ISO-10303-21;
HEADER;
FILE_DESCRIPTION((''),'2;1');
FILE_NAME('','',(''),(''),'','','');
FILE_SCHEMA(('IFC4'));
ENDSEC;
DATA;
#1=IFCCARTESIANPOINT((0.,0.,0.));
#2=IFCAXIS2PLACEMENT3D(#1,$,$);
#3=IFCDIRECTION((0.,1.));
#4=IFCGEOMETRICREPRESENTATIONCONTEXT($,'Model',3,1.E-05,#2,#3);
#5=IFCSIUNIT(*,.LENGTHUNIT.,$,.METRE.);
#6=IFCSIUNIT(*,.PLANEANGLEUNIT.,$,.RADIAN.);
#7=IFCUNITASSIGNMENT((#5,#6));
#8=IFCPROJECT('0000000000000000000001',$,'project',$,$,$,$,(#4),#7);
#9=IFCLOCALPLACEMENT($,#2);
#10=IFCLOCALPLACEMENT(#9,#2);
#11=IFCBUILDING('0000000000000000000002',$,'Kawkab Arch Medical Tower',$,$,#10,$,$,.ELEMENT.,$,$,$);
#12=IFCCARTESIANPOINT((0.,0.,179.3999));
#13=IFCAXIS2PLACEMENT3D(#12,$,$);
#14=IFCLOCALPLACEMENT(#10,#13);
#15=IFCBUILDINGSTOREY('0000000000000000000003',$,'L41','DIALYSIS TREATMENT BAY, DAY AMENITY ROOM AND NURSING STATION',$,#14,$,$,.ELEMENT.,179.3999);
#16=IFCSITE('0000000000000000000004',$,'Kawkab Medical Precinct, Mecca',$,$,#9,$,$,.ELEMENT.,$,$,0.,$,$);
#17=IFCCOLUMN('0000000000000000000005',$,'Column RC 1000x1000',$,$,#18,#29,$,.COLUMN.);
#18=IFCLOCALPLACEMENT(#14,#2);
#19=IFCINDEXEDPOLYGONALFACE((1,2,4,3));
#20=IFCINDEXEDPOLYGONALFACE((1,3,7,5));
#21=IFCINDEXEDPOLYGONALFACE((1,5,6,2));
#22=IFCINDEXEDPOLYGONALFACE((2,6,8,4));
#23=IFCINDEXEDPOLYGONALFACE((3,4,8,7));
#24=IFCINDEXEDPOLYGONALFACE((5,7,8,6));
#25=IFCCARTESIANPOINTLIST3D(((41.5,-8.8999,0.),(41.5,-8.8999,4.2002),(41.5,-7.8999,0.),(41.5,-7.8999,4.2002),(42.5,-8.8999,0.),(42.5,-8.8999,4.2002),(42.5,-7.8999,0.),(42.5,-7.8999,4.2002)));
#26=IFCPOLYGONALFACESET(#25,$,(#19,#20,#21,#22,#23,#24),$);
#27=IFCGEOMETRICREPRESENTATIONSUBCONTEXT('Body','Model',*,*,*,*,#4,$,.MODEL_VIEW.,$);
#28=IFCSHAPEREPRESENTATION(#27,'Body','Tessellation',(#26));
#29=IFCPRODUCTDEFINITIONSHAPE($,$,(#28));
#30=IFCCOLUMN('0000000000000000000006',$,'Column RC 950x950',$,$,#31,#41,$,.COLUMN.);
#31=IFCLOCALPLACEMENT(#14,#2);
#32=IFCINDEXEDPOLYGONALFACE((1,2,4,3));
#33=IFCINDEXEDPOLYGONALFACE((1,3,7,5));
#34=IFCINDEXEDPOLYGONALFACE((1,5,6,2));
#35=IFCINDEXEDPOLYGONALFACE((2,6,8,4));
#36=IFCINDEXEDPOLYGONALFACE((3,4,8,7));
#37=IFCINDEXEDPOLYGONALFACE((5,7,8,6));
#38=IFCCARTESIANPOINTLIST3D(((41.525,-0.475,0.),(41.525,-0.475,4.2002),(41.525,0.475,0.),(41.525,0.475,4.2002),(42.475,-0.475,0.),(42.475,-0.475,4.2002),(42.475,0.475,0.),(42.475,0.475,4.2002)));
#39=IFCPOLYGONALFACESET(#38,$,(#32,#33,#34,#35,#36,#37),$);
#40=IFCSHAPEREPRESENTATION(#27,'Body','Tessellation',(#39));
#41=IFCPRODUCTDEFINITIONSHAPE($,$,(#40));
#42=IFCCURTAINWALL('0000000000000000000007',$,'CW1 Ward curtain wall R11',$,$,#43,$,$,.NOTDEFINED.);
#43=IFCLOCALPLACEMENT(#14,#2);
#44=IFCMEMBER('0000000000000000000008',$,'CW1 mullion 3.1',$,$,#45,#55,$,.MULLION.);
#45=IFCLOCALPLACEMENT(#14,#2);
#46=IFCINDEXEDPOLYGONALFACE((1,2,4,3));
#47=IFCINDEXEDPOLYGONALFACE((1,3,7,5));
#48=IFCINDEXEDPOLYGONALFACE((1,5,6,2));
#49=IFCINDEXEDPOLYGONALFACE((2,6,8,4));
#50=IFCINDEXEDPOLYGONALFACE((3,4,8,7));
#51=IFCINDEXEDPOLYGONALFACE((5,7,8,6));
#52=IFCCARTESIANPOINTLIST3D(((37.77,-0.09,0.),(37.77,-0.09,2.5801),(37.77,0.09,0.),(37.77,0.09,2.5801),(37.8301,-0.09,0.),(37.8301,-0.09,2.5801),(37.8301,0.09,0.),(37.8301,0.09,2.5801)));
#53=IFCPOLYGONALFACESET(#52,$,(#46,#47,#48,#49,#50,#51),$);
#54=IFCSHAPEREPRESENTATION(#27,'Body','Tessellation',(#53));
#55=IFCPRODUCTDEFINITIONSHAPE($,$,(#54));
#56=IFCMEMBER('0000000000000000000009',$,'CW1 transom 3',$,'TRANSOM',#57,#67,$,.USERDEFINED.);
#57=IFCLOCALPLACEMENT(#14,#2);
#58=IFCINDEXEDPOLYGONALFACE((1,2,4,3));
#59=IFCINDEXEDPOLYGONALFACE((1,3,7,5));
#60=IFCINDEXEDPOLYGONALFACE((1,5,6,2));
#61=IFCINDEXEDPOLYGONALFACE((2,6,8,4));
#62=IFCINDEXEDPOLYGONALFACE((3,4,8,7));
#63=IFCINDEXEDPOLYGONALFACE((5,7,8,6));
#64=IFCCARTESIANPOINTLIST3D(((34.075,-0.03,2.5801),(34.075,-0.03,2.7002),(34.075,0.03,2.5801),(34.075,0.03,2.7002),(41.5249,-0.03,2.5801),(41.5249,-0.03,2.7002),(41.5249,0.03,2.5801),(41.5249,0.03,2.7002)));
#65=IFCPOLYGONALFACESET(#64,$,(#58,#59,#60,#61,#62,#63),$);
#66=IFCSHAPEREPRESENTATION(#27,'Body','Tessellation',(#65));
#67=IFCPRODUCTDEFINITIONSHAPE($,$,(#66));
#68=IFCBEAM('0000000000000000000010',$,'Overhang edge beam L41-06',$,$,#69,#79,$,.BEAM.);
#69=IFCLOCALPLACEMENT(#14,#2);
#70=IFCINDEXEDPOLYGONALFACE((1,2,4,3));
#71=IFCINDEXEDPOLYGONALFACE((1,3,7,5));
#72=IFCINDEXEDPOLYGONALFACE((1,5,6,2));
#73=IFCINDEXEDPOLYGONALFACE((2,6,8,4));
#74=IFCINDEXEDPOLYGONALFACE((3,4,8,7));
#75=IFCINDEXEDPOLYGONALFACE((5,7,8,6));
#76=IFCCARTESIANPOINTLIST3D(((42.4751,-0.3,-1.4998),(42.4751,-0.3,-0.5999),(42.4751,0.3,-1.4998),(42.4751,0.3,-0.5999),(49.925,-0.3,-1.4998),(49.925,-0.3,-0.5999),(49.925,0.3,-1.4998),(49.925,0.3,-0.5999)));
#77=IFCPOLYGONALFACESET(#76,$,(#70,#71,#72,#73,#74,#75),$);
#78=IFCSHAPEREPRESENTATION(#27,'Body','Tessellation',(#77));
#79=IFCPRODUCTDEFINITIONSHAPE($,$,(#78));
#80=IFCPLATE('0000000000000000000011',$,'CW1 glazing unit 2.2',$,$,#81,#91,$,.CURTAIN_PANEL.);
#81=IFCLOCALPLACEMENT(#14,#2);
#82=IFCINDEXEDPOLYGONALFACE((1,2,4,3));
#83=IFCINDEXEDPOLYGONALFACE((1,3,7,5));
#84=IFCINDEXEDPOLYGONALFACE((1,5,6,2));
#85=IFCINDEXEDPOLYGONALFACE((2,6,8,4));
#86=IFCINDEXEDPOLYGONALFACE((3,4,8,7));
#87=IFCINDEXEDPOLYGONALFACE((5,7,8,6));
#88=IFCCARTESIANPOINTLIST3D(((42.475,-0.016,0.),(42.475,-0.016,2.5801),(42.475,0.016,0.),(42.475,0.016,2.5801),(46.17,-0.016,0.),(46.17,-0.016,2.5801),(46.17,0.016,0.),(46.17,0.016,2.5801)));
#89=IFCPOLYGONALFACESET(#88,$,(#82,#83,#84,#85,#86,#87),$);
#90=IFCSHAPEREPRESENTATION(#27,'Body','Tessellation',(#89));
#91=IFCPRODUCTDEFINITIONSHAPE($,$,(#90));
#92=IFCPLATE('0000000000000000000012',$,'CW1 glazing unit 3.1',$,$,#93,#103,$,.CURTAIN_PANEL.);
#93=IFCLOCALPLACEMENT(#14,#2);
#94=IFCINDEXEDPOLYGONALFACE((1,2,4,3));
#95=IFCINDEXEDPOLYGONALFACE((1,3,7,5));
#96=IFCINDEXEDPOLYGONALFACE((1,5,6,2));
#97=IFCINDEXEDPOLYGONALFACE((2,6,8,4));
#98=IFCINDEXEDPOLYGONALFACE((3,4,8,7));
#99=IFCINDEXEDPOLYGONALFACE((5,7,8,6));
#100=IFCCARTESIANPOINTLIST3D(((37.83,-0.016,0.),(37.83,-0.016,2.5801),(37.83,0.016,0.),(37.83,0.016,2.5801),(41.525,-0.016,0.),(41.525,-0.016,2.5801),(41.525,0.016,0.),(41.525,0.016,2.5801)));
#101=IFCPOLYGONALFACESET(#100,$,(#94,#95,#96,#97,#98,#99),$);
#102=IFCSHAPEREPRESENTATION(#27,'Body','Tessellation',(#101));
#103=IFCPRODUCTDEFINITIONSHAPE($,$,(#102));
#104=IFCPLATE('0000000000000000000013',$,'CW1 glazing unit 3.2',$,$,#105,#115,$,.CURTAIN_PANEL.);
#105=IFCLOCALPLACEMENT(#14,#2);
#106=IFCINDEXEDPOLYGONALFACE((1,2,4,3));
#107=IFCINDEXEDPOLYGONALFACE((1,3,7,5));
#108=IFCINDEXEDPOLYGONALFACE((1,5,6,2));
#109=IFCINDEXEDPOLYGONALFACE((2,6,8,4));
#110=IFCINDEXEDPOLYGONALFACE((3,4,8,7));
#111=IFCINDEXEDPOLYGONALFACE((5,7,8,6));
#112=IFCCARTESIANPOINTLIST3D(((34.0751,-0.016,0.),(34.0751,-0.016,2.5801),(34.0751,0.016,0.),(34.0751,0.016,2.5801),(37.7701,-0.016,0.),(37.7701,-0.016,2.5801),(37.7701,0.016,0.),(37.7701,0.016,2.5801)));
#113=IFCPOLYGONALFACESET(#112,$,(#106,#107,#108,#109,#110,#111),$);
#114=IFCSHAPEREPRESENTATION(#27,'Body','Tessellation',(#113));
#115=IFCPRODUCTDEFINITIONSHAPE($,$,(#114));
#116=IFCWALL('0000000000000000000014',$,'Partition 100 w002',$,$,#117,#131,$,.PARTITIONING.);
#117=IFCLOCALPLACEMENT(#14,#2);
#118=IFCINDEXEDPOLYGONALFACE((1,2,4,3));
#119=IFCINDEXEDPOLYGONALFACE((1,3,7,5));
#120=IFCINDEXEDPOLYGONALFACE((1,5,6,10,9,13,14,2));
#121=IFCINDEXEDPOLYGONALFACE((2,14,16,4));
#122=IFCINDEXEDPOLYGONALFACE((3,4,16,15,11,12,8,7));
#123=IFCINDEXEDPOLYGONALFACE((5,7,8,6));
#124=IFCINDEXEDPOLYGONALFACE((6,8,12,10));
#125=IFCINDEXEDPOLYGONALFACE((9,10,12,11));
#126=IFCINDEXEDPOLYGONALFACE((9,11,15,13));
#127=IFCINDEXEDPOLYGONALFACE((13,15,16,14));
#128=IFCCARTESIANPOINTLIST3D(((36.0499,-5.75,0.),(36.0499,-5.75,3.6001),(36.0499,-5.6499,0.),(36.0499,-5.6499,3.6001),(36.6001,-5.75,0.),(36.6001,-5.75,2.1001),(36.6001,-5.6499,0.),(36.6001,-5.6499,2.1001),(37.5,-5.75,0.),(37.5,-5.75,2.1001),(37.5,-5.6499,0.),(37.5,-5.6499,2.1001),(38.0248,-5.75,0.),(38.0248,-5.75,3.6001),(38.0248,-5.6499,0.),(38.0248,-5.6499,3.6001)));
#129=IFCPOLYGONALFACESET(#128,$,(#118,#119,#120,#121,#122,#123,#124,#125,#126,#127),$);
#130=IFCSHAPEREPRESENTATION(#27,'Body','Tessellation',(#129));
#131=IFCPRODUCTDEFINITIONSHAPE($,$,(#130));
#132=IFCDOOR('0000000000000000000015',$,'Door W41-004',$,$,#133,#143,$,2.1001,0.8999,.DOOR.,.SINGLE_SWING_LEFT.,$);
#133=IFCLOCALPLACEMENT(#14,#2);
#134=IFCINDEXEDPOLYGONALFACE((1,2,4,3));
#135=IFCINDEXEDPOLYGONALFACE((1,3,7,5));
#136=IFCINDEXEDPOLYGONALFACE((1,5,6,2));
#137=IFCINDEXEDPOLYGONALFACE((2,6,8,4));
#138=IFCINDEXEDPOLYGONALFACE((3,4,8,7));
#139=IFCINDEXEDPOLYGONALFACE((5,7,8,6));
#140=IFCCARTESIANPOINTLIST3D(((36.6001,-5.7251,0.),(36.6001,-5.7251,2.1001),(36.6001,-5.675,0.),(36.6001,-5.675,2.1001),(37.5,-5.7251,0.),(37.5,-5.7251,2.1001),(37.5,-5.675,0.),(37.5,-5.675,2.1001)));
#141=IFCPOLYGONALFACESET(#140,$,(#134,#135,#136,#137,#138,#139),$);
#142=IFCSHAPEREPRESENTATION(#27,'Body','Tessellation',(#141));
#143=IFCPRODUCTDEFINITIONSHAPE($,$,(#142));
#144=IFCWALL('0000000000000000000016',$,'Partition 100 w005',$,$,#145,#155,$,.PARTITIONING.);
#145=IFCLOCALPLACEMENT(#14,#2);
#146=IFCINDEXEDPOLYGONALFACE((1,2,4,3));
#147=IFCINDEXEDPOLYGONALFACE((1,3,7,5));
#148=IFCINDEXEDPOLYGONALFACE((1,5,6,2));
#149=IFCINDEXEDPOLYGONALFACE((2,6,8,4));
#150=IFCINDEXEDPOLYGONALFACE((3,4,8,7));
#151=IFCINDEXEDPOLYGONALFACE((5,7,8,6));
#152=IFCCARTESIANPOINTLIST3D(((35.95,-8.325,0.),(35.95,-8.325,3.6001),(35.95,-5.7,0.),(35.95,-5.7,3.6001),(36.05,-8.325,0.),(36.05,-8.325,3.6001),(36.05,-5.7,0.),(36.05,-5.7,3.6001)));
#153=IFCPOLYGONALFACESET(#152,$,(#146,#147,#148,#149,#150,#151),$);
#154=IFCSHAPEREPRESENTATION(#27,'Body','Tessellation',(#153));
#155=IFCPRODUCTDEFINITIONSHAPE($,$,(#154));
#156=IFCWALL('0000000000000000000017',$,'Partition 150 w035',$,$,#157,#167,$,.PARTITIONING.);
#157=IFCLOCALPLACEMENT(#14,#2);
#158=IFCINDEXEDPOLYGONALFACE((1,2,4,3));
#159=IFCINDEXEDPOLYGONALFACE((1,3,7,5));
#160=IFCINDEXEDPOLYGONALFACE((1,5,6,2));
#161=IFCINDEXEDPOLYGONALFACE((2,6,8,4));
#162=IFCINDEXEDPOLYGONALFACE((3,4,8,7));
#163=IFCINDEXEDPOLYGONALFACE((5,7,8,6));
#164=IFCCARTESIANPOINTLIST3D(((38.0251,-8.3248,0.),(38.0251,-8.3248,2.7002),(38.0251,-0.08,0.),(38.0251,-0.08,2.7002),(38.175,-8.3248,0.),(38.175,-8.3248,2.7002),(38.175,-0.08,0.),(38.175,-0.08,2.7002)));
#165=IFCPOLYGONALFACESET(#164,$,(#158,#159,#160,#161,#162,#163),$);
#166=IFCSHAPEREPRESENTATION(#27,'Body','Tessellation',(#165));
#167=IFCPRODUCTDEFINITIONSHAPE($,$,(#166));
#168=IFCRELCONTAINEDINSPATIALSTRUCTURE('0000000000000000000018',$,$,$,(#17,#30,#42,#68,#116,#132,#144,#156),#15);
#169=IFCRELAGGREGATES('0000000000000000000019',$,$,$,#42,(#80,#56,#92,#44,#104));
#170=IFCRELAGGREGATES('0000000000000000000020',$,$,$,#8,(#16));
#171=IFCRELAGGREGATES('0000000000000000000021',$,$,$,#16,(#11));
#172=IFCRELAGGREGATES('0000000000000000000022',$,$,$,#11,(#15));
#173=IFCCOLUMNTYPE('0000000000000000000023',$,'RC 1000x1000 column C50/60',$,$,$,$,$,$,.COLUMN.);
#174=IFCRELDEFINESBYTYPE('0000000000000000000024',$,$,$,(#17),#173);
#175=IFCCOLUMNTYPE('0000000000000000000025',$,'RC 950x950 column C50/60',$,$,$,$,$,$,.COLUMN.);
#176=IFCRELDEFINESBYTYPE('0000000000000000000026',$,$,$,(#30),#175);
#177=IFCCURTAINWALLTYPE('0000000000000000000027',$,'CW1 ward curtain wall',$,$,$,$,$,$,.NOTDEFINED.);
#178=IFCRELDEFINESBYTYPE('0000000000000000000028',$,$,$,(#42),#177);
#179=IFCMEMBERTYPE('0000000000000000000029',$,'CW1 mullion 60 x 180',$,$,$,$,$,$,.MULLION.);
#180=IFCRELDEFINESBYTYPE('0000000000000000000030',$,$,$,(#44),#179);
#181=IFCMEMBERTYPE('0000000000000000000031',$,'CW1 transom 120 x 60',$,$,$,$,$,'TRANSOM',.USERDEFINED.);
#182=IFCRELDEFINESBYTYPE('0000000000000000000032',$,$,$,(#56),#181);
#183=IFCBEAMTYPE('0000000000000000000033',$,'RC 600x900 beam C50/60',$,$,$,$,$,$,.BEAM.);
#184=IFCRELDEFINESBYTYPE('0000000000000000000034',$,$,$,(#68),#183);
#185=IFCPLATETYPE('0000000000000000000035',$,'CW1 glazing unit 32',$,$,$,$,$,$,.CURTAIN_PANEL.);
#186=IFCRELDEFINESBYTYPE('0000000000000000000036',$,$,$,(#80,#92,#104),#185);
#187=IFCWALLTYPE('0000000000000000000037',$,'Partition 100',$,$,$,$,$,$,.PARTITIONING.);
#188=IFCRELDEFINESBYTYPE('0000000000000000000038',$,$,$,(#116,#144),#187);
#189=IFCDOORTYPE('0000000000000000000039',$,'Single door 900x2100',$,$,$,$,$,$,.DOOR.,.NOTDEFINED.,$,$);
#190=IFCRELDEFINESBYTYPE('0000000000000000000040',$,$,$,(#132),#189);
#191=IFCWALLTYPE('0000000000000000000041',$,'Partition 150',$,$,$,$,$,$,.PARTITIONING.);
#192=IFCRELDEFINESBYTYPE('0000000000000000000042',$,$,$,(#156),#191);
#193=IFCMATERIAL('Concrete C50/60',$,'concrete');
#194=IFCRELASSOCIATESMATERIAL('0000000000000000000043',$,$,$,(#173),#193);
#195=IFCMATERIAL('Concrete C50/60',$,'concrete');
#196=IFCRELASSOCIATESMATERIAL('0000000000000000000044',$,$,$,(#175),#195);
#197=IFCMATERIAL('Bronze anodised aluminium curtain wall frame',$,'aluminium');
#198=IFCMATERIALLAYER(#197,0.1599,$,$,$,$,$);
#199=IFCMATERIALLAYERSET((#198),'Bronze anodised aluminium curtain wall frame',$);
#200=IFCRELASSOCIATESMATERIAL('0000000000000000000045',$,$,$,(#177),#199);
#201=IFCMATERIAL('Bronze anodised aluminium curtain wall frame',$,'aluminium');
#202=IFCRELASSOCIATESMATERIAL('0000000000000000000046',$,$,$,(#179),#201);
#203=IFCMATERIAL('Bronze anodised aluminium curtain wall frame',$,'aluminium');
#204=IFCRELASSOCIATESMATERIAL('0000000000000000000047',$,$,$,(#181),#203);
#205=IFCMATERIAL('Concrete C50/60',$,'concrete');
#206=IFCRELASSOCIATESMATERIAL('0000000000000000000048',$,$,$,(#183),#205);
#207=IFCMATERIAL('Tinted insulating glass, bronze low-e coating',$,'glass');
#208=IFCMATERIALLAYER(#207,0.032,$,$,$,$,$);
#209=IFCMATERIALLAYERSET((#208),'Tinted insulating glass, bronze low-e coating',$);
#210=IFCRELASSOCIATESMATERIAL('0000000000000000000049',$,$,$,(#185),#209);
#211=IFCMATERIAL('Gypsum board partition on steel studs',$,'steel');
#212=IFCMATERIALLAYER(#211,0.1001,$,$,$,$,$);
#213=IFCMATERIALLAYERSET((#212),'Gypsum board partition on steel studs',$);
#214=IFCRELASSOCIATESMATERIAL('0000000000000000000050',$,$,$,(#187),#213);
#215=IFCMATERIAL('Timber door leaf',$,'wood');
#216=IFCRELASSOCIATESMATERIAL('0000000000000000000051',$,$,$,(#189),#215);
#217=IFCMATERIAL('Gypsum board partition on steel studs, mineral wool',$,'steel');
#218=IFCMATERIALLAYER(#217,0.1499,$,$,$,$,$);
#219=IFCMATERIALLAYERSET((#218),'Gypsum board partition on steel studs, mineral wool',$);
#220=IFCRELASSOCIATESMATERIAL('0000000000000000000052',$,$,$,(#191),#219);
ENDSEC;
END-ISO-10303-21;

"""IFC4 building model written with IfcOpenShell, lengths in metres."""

from ifc_helpers import new_model, si_unit, direction, frame, frame_2d, origin, origin_2d, place, context, subcontext, project, spatial, rectangle, extrude, material, layer, layer_set, material_profile, profile_set, type_object, element, fill, aggregate, save


model = new_model("IFC4")

# Units and contexts
model_context = context("Model", 3, precision=1e-05, world=origin(), true_north=direction((0.0, 1.0)))
body_context = subcontext(model_context, "Body", "Model", "MODEL_VIEW")
ifc_project = project(units=[si_unit("LENGTHUNIT", "METRE"), si_unit("PLANEANGLEUNIT", "RADIAN")], contexts=[model_context])

# Site, building, storey
site_placement = place(None, origin())
site = spatial("IfcSite", under=ifc_project, at=site_placement, Name="Kawkab Medical Precinct, Mecca", CompositionType="ELEMENT", RefElevation=0.0)
building_placement = place(site_placement, origin())
building = spatial("IfcBuilding", under=site, at=building_placement, Name="Kawkab Arch Medical Tower", CompositionType="ELEMENT")
storey_placement = place(building_placement, frame((0.0, 0.0, 179.3999)))
storey = spatial("IfcBuildingStorey", under=building, at=storey_placement, Name="L41", Description="DIALYSIS TREATMENT BAY, DAY AMENITY ROOM AND NURSING STATION", CompositionType="ELEMENT", Elevation=179.3999)

# Columns
ifc_material_1 = material(Name="Concrete C50/60", Category="concrete")
ifc_material_profile_1 = material_profile(ifc_material_1, rectangle(XDim=1.0, YDim=1.0, at=origin_2d()), Name="RC 1000x1000")
ifc_profile_set_1 = profile_set([ifc_material_profile_1], Name="Concrete C50/60")
column_type_1 = type_object("IfcColumnType", Name="RC 1000x1000 column C50/60", PredefinedType="COLUMN", material=ifc_profile_set_1)
column_1_placement = place(storey_placement, frame((42.0, -8.3999, 0.0), z_axis=(0.0, 0.0, 1.0), x_axis=(1.0, 0.0, 0.0)))
element("IfcColumn", 1, at=column_1_placement, inside=storey, type_object=column_type_1, Name="Column RC 1000x1000", PredefinedType="COLUMN", context=body_context, shape_type="SweptSolid", body=[
    extrude(rectangle(XDim=1.0, YDim=1.0, at=origin_2d()), origin(), (0.0, 0.0, 1.0), 4.2002),
])
ifc_material_2 = material(Name="Concrete C50/60", Category="concrete")
ifc_material_profile_2 = material_profile(ifc_material_2, rectangle(XDim=0.95, YDim=0.95, at=origin_2d()), Name="RC 950x950")
ifc_profile_set_2 = profile_set([ifc_material_profile_2], Name="Concrete C50/60")
column_type_2 = type_object("IfcColumnType", Name="RC 950x950 column C50/60", PredefinedType="COLUMN", material=ifc_profile_set_2)
column_2_placement = place(storey_placement, frame((42.0, 0.0, 0.0), z_axis=(0.0, 0.0, 1.0), x_axis=(1.0, 0.0, 0.0)))
element("IfcColumn", 2, at=column_2_placement, inside=storey, type_object=column_type_2, Name="Column RC 950x950", PredefinedType="COLUMN", context=body_context, shape_type="SweptSolid", body=[
    extrude(rectangle(XDim=0.95, YDim=0.95, at=origin_2d()), origin(), (0.0, 0.0, 1.0), 4.2002),
])

# Curtain wall, members
ifc_material_3 = material(Name="Bronze anodised aluminium curtain wall frame", Category="aluminium")
ifc_layer_1 = layer(ifc_material_3, 0.1599)
ifc_layer_set_1 = layer_set([ifc_layer_1], Name="Bronze anodised aluminium curtain wall frame")
curtain_wall_type = type_object("IfcCurtainWallType", Name="CW1 ward curtain wall", PredefinedType="NOTDEFINED", material=ifc_layer_set_1)
placement = place(storey_placement, origin())
curtain_wall = element("IfcCurtainWall", 3, at=placement, inside=storey, type_object=curtain_wall_type, Name="CW1 Ward curtain wall R11", PredefinedType="NOTDEFINED")
ifc_material_4 = material(Name="Bronze anodised aluminium curtain wall frame", Category="aluminium")
ifc_material_profile_3 = material_profile(ifc_material_4, rectangle(XDim=0.1799, YDim=0.0601, at=origin_2d()), Name="AL 60x180")
ifc_profile_set_3 = profile_set([ifc_material_profile_3], Name="Bronze anodised aluminium curtain wall frame")
member_type_1 = type_object("IfcMemberType", Name="CW1 mullion 60 x 180", PredefinedType="MULLION", material=ifc_profile_set_3)
member_1_placement = place(storey_placement, frame((37.8, 0.0, 0.0), z_axis=(0.0, 0.0, 1.0), x_axis=(0.0, -1.0, 0.0)))
member_1 = element("IfcMember", 4, at=member_1_placement, type_object=member_type_1, Name="CW1 mullion 3.1", PredefinedType="MULLION", context=body_context, shape_type="SweptSolid", body=[
    extrude(rectangle(XDim=0.1799, YDim=0.0601, at=origin_2d()), origin(), (0.0, 0.0, 1.0), 2.5801),
])
ifc_material_5 = material(Name="Bronze anodised aluminium curtain wall frame", Category="aluminium")
ifc_material_profile_4 = material_profile(ifc_material_5, rectangle(XDim=0.0601, YDim=0.1201, at=origin_2d()), Name="AL 60x120")
ifc_profile_set_4 = profile_set([ifc_material_profile_4], Name="Bronze anodised aluminium curtain wall frame")
member_type_2 = type_object("IfcMemberType", Name="CW1 transom 120 x 60", ElementType="TRANSOM", PredefinedType="USERDEFINED", material=ifc_profile_set_4)
member_2_placement = place(storey_placement, frame((41.5249, 0.0, 2.6401), z_axis=(-1.0, 0.0, 0.0), x_axis=(0.0, -1.0, 0.0)))
member_2 = element("IfcMember", 5, at=member_2_placement, type_object=member_type_2, Name="CW1 transom 3", ObjectType="TRANSOM", PredefinedType="USERDEFINED", context=body_context, shape_type="SweptSolid", body=[
    extrude(rectangle(XDim=0.0601, YDim=0.1201, at=origin_2d()), origin(), (0.0, 0.0, 1.0), 7.45),
])

# Beam
ifc_material_6 = material(Name="Concrete C50/60", Category="concrete")
ifc_material_profile_5 = material_profile(ifc_material_6, rectangle(XDim=0.6001, YDim=0.8999, at=origin_2d()), Name="RC 600x900")
ifc_profile_set_5 = profile_set([ifc_material_profile_5], Name="Concrete C50/60")
beam_type = type_object("IfcBeamType", Name="RC 600x900 beam C50/60", PredefinedType="BEAM", material=ifc_profile_set_5)
beam_placement = place(storey_placement, frame((42.4751, 0.0, -1.0498), z_axis=(1.0, 0.0, 0.0), x_axis=(0.0, 1.0, 0.0)))
element("IfcBeam", 6, at=beam_placement, inside=storey, type_object=beam_type, Name="Overhang edge beam L41-06", PredefinedType="BEAM", context=body_context, shape_type="SweptSolid", body=[
    extrude(rectangle(XDim=0.6001, YDim=0.8999, at=origin_2d()), origin(), (0.0, 0.0, 1.0), 7.45),
])

# Plates
ifc_material_7 = material(Name="Tinted insulating glass, bronze low-e coating", Category="glass")
ifc_layer_2 = layer(ifc_material_7, 0.032)
ifc_layer_set_2 = layer_set([ifc_layer_2], Name="Tinted insulating glass, bronze low-e coating")
plate_type = type_object("IfcPlateType", Name="CW1 glazing unit 32", PredefinedType="CURTAIN_PANEL", material=ifc_layer_set_2)
plate_1_placement = place(storey_placement, frame((44.3225, 0.0, 0.0), z_axis=(0.0, 0.0, 1.0), x_axis=(-1.0, 0.0, 0.0)))
plate_1 = element("IfcPlate", 7, at=plate_1_placement, type_object=plate_type, Name="CW1 glazing unit 2.2", PredefinedType="CURTAIN_PANEL", context=body_context, shape_type="SweptSolid", body=[
    extrude(rectangle(XDim=3.6951, YDim=0.032, at=origin_2d()), origin(), (0.0, 0.0, 1.0), 2.5801),
])
plate_2_placement = place(storey_placement, frame((39.6775, 0.0, 0.0), z_axis=(0.0, 0.0, 1.0), x_axis=(-1.0, 0.0, 0.0)))
plate_2 = element("IfcPlate", 8, at=plate_2_placement, type_object=plate_type, Name="CW1 glazing unit 3.1", PredefinedType="CURTAIN_PANEL", context=body_context, shape_type="SweptSolid", body=[
    extrude(rectangle(XDim=3.6951, YDim=0.032, at=origin_2d()), origin(), (0.0, 0.0, 1.0), 2.5801),
])
plate_3_placement = place(storey_placement, frame((35.9226, 0.0, 0.0), z_axis=(0.0, 0.0, 1.0), x_axis=(-1.0, 0.0, 0.0)))
plate_3 = element("IfcPlate", 9, at=plate_3_placement, type_object=plate_type, Name="CW1 glazing unit 3.2", PredefinedType="CURTAIN_PANEL", context=body_context, shape_type="SweptSolid", body=[
    extrude(rectangle(XDim=3.6951, YDim=0.032, at=origin_2d()), origin(), (0.0, 0.0, 1.0), 2.5801),
])
aggregate(curtain_wall, [plate_1, member_2, plate_2, member_1, plate_3])

# Wall, opening, door
ifc_material_8 = material(Name="Gypsum board partition on steel studs", Category="steel")
ifc_layer_3 = layer(ifc_material_8, 0.1001)
ifc_layer_set_3 = layer_set([ifc_layer_3], Name="Gypsum board partition on steel studs")
wall_type_1 = type_object("IfcWallType", Name="Partition 100", PredefinedType="PARTITIONING", material=ifc_layer_set_3)
wall_1_placement = place(storey_placement, frame((36.05, -5.7, 0.0), z_axis=(0.0, 0.0, 1.0), x_axis=(1.0, 0.0, 0.0)))
wall_1 = element("IfcWall", 10, at=wall_1_placement, inside=storey, type_object=wall_type_1, Name="Partition 100 w002", PredefinedType="PARTITIONING", context=body_context, shape_type="SweptSolid", body=[
    extrude(rectangle(XDim=1.9749, YDim=0.1001, at=frame_2d((0.9873, 0.0))), origin(), (0.0, 0.0, 1.0), 3.6001),
])
opening_1_placement = place(wall_1_placement, frame((0.55, 0.0, 0.0)))
opening_1 = element("IfcOpeningElement", 11, at=opening_1_placement, cuts=wall_1, PredefinedType="OPENING", context=body_context, shape_type="SweptSolid", body=[
    extrude(rectangle(XDim=0.8999, YDim=2.1001, at=frame_2d((0.45, 1.05))), frame((0.0, 0.0601, 0.0), z_axis=(0.0, -1.0, 0.0), x_axis=(1.0, 0.0, 0.0)), (0.0, 0.0, 1.0), 0.1201),
])
ifc_material_9 = material(Name="Timber door leaf", Category="wood")
door_type_1 = type_object("IfcDoorType", Name="Single door 900x2100", OperationType="NOTDEFINED", PredefinedType="DOOR", material=ifc_material_9)
door_1_placement = place(opening_1_placement, origin())
door_1 = element("IfcDoor", 12, at=door_1_placement, inside=storey, type_object=door_type_1, Name="Door W41-004", OperationType="SINGLE_SWING_LEFT", OverallHeight=2.1001, OverallWidth=0.8999, PredefinedType="DOOR", context=body_context, shape_type="SweptSolid", body=[
    extrude(rectangle(XDim=0.8999, YDim=2.1001, at=frame_2d((0.45, 1.05))), frame((0.0, 0.0249, 0.0), z_axis=(0.0, -1.0, 0.0), x_axis=(1.0, 0.0, 0.0)), (0.0, 0.0, 1.0), 0.05),
])
fill(opening_1, door_1)

# Walls
wall_2_placement = place(storey_placement, frame((36.0, -8.325, 0.0), z_axis=(0.0, 0.0, 1.0), x_axis=(0.0, 1.0, 0.0)))
element("IfcWall", 13, at=wall_2_placement, inside=storey, type_object=wall_type_1, Name="Partition 100 w005", PredefinedType="PARTITIONING", context=body_context, shape_type="SweptSolid", body=[
    extrude(rectangle(XDim=2.625, YDim=0.1001, at=frame_2d((1.3125, 0.0))), origin(), (0.0, 0.0, 1.0), 3.6001),
])
ifc_material_10 = material(Name="Gypsum board partition on steel studs, mineral wool", Category="steel")
ifc_layer_4 = layer(ifc_material_10, 0.1499)
ifc_layer_set_4 = layer_set([ifc_layer_4], Name="Gypsum board partition on steel studs, mineral wool")
wall_type_2 = type_object("IfcWallType", Name="Partition 150", PredefinedType="PARTITIONING", material=ifc_layer_set_4)
wall_3_placement = place(storey_placement, frame((38.1001, -8.325, 0.0), z_axis=(0.0, 0.0, 1.0), x_axis=(0.0, 1.0, 0.0)))
element("IfcWall", 14, at=wall_3_placement, inside=storey, type_object=wall_type_2, Name="Partition 150 w035", PredefinedType="PARTITIONING", context=body_context, shape_type="SweptSolid", body=[
    extrude(rectangle(XDim=8.2449, YDim=0.1499, at=frame_2d((4.1226, 0.0))), origin(), (0.0, 0.0, 1.0), 2.7002),
])

save(model, "model.ifc")
